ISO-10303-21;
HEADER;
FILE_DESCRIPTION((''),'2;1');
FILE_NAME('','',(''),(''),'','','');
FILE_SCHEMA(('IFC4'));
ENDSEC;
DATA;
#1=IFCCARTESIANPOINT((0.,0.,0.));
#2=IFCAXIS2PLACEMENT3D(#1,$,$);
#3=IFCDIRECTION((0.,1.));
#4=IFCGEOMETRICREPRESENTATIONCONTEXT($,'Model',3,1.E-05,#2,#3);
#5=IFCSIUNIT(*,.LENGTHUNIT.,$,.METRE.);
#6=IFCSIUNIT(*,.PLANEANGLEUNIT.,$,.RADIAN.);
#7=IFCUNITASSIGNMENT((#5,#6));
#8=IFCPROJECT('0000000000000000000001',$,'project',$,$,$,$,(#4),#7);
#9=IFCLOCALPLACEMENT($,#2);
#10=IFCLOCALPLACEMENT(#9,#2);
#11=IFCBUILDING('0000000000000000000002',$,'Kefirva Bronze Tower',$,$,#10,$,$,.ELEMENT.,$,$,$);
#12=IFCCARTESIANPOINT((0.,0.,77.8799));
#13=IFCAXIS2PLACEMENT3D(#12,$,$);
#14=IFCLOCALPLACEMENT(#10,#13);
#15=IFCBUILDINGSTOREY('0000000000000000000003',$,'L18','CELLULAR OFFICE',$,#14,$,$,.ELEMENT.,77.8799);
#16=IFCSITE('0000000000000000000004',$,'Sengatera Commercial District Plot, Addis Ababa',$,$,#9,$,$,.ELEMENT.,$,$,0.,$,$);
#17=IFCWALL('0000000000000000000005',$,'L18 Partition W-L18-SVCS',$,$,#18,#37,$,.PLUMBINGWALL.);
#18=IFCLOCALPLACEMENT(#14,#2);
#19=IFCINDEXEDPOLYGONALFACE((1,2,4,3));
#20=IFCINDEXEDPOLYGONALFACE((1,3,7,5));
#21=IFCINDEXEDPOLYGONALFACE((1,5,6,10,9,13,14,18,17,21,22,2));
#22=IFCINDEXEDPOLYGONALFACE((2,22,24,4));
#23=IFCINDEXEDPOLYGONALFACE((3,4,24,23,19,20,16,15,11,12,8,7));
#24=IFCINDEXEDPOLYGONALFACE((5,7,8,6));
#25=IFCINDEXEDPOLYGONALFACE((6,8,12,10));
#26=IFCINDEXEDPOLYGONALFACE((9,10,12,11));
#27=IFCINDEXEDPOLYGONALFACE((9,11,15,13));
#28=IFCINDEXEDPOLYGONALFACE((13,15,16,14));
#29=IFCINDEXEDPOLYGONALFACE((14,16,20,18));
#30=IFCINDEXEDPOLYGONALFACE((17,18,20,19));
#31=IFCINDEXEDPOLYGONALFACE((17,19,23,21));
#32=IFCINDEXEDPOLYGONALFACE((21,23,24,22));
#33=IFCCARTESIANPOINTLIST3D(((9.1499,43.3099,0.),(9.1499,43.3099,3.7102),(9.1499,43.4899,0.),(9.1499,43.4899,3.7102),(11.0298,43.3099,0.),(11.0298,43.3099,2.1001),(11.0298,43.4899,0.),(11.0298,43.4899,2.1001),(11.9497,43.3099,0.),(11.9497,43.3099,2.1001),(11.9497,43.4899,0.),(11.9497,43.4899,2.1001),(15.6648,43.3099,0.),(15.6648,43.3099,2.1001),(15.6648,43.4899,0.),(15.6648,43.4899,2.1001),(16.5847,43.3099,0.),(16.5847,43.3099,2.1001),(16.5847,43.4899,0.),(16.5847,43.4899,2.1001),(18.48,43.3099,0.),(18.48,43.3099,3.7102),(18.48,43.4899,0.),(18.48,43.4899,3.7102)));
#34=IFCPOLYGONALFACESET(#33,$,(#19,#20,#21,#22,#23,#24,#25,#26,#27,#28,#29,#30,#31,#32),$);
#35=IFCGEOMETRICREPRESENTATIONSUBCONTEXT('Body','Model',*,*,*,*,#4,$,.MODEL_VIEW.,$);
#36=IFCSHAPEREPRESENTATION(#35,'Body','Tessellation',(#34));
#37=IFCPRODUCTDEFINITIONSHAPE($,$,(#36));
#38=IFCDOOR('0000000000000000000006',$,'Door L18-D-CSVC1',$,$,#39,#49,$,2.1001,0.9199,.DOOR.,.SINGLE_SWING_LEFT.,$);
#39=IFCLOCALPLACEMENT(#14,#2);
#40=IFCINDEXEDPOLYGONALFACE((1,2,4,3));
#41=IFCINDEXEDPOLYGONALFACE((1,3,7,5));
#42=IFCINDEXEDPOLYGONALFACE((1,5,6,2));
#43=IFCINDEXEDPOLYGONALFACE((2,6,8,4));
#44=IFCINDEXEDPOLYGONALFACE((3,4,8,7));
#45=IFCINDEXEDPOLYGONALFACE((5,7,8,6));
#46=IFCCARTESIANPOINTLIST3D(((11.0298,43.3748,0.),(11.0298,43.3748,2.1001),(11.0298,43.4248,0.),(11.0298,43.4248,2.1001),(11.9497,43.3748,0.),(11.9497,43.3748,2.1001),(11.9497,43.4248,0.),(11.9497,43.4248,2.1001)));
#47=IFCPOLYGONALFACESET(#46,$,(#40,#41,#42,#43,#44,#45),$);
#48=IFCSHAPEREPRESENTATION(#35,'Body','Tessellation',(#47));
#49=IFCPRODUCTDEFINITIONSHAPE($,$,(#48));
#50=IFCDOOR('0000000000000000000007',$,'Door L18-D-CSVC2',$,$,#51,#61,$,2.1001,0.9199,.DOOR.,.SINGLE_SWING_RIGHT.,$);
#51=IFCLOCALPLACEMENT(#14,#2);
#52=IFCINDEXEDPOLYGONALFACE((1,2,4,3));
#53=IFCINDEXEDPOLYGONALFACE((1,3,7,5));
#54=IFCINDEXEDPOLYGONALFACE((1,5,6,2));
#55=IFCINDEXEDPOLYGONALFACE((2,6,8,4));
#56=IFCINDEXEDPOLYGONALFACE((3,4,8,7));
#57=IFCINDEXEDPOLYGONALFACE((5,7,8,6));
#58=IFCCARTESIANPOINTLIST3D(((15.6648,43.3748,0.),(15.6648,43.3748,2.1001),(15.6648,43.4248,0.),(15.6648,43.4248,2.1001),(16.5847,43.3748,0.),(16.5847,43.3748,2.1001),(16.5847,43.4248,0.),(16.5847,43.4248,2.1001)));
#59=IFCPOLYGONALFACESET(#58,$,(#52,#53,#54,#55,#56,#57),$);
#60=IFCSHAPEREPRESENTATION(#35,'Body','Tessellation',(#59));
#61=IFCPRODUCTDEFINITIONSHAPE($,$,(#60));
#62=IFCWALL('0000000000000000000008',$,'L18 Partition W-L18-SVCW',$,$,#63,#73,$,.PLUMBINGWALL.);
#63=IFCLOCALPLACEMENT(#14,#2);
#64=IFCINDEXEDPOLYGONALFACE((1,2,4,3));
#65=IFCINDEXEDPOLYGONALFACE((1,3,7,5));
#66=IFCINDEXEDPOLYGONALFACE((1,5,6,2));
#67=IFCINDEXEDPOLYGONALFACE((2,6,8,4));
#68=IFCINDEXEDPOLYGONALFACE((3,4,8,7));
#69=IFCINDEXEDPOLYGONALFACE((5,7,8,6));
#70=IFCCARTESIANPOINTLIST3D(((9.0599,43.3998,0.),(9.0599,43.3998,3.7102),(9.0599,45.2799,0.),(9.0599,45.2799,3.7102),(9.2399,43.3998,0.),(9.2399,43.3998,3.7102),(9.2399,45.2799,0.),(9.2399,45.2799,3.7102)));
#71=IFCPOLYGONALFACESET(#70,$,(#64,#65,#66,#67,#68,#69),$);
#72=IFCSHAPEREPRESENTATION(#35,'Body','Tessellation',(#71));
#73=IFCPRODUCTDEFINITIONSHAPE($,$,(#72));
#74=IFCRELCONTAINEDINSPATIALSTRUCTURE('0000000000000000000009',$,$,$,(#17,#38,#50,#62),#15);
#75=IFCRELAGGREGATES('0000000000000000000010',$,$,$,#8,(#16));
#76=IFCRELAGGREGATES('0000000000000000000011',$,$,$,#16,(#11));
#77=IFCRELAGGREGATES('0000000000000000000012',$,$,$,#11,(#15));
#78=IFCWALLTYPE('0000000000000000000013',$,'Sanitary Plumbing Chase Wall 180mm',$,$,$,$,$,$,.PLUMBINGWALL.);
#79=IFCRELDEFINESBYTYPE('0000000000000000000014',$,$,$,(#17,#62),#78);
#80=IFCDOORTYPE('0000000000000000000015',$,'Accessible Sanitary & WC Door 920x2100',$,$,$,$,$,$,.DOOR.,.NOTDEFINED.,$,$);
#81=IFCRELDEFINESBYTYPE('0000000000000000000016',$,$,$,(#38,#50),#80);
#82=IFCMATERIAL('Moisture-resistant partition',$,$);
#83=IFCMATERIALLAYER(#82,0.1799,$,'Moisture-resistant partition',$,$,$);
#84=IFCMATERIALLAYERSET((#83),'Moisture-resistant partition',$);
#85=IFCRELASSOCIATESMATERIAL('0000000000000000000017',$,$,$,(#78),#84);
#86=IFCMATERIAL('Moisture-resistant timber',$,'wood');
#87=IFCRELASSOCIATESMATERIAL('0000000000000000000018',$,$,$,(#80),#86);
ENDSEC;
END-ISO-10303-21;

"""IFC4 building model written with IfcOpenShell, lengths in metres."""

from ifc_helpers import new_model, si_unit, direction, frame, frame_2d, origin, place, context, subcontext, project, spatial, rectangle, extrude, material, layer, layer_set, type_object, element, fill, save


model = new_model("IFC4")

# Units and contexts
model_context = context("Model", 3, precision=1e-05, world=origin(), true_north=direction((0.0, 1.0)))
body_context = subcontext(model_context, "Body", "Model", "MODEL_VIEW")
ifc_project = project(units=[si_unit("LENGTHUNIT", "METRE"), si_unit("PLANEANGLEUNIT", "RADIAN")], contexts=[model_context])

# Site, building, storey
site_placement = place(None, origin())
site = spatial("IfcSite", under=ifc_project, at=site_placement, Name="Sengatera Commercial District Plot, Addis Ababa", CompositionType="ELEMENT", RefElevation=0.0)
building_placement = place(site_placement, origin())
building = spatial("IfcBuilding", under=site, at=building_placement, Name="Kefirva Bronze Tower", CompositionType="ELEMENT")
storey_placement = place(building_placement, frame((0.0, 0.0, 77.8799)))
storey = spatial("IfcBuildingStorey", under=building, at=storey_placement, Name="L18", Description="CELLULAR OFFICE", CompositionType="ELEMENT", Elevation=77.8799)

# Wall, openings, doors
ifc_material_1 = material(Name="Moisture-resistant partition")
ifc_layer_1 = layer(ifc_material_1, 0.1799, Name="Moisture-resistant partition")
ifc_layer_set_1 = layer_set([ifc_layer_1], Name="Moisture-resistant partition")
wall_type_1 = type_object("IfcWallType", Name="Sanitary Plumbing Chase Wall 180mm", PredefinedType="PLUMBINGWALL", material=ifc_layer_set_1)
wall_1_placement = place(storey_placement, frame((9.1499, 43.3999, 0.0), z_axis=(0.0, 0.0, 1.0), x_axis=(1.0, 0.0, 0.0)))
wall_1 = element("IfcWall", 1, at=wall_1_placement, inside=storey, type_object=wall_type_1, Name="L18 Partition W-L18-SVCS", PredefinedType="PLUMBINGWALL", context=body_context, shape_type="SweptSolid", body=[
    extrude(rectangle(XDim=9.3301, YDim=0.1799, at=frame_2d((4.665, 0.0))), origin(), (0.0, 0.0, 1.0), 3.7102),
])
opening_1_placement = place(wall_1_placement, frame((1.8799, 0.0, 0.0)))
opening_1 = element("IfcOpeningElement", 2, at=opening_1_placement, cuts=wall_1, PredefinedType="OPENING", context=body_context, shape_type="SweptSolid", body=[
    extrude(rectangle(XDim=0.9199, YDim=2.1001, at=frame_2d((0.46, 1.05))), frame((0.0, 0.1001, 0.0), z_axis=(0.0, -1.0, 0.0), x_axis=(1.0, 0.0, 0.0)), (0.0, 0.0, 1.0), 0.2),
])
opening_2_placement = place(wall_1_placement, frame((6.5149, 0.0, 0.0)))
opening_2 = element("IfcOpeningElement", 3, at=opening_2_placement, cuts=wall_1, PredefinedType="OPENING", context=body_context, shape_type="SweptSolid", body=[
    extrude(rectangle(XDim=0.9199, YDim=2.1001, at=frame_2d((0.46, 1.05))), frame((0.0, 0.1001, 0.0), z_axis=(0.0, -1.0, 0.0), x_axis=(1.0, 0.0, 0.0)), (0.0, 0.0, 1.0), 0.2),
])
ifc_material_2 = material(Name="Moisture-resistant timber", Category="wood")
door_type_1 = type_object("IfcDoorType", Name="Accessible Sanitary & WC Door 920x2100", OperationType="NOTDEFINED", PredefinedType="DOOR", material=ifc_material_2)
door_1_placement = place(opening_1_placement, origin())
door_1 = element("IfcDoor", 4, at=door_1_placement, inside=storey, type_object=door_type_1, Name="Door L18-D-CSVC1", OperationType="SINGLE_SWING_LEFT", OverallHeight=2.1001, OverallWidth=0.9199, PredefinedType="DOOR", context=body_context, shape_type="SweptSolid", body=[
    extrude(rectangle(XDim=0.9199, YDim=2.1001, at=frame_2d((0.46, 1.05))), frame((0.0, 0.0249, 0.0), z_axis=(0.0, -1.0, 0.0), x_axis=(1.0, 0.0, 0.0)), (0.0, 0.0, 1.0), 0.05),
])
fill(opening_1, door_1)
door_2_placement = place(opening_2_placement, origin())
door_2 = element("IfcDoor", 5, at=door_2_placement, inside=storey, type_object=door_type_1, Name="Door L18-D-CSVC2", OperationType="SINGLE_SWING_RIGHT", OverallHeight=2.1001, OverallWidth=0.9199, PredefinedType="DOOR", context=body_context, shape_type="SweptSolid", body=[
    extrude(rectangle(XDim=0.9199, YDim=2.1001, at=frame_2d((0.46, 1.05))), frame((0.0, 0.0249, 0.0), z_axis=(0.0, -1.0, 0.0), x_axis=(1.0, 0.0, 0.0)), (0.0, 0.0, 1.0), 0.05),
])
fill(opening_2, door_2)

# Wall
wall_2_placement = place(storey_placement, frame((9.1499, 43.3999, 0.0), z_axis=(0.0, 0.0, 1.0), x_axis=(0.0, 1.0, 0.0)))
element("IfcWall", 6, at=wall_2_placement, inside=storey, type_object=wall_type_1, Name="L18 Partition W-L18-SVCW", PredefinedType="PLUMBINGWALL", context=body_context, shape_type="SweptSolid", body=[
    extrude(rectangle(XDim=1.8801, YDim=0.1799, at=frame_2d((0.9399, 0.0))), origin(), (0.0, 0.0, 1.0), 3.7102),
])

save(model, "model.ifc")
